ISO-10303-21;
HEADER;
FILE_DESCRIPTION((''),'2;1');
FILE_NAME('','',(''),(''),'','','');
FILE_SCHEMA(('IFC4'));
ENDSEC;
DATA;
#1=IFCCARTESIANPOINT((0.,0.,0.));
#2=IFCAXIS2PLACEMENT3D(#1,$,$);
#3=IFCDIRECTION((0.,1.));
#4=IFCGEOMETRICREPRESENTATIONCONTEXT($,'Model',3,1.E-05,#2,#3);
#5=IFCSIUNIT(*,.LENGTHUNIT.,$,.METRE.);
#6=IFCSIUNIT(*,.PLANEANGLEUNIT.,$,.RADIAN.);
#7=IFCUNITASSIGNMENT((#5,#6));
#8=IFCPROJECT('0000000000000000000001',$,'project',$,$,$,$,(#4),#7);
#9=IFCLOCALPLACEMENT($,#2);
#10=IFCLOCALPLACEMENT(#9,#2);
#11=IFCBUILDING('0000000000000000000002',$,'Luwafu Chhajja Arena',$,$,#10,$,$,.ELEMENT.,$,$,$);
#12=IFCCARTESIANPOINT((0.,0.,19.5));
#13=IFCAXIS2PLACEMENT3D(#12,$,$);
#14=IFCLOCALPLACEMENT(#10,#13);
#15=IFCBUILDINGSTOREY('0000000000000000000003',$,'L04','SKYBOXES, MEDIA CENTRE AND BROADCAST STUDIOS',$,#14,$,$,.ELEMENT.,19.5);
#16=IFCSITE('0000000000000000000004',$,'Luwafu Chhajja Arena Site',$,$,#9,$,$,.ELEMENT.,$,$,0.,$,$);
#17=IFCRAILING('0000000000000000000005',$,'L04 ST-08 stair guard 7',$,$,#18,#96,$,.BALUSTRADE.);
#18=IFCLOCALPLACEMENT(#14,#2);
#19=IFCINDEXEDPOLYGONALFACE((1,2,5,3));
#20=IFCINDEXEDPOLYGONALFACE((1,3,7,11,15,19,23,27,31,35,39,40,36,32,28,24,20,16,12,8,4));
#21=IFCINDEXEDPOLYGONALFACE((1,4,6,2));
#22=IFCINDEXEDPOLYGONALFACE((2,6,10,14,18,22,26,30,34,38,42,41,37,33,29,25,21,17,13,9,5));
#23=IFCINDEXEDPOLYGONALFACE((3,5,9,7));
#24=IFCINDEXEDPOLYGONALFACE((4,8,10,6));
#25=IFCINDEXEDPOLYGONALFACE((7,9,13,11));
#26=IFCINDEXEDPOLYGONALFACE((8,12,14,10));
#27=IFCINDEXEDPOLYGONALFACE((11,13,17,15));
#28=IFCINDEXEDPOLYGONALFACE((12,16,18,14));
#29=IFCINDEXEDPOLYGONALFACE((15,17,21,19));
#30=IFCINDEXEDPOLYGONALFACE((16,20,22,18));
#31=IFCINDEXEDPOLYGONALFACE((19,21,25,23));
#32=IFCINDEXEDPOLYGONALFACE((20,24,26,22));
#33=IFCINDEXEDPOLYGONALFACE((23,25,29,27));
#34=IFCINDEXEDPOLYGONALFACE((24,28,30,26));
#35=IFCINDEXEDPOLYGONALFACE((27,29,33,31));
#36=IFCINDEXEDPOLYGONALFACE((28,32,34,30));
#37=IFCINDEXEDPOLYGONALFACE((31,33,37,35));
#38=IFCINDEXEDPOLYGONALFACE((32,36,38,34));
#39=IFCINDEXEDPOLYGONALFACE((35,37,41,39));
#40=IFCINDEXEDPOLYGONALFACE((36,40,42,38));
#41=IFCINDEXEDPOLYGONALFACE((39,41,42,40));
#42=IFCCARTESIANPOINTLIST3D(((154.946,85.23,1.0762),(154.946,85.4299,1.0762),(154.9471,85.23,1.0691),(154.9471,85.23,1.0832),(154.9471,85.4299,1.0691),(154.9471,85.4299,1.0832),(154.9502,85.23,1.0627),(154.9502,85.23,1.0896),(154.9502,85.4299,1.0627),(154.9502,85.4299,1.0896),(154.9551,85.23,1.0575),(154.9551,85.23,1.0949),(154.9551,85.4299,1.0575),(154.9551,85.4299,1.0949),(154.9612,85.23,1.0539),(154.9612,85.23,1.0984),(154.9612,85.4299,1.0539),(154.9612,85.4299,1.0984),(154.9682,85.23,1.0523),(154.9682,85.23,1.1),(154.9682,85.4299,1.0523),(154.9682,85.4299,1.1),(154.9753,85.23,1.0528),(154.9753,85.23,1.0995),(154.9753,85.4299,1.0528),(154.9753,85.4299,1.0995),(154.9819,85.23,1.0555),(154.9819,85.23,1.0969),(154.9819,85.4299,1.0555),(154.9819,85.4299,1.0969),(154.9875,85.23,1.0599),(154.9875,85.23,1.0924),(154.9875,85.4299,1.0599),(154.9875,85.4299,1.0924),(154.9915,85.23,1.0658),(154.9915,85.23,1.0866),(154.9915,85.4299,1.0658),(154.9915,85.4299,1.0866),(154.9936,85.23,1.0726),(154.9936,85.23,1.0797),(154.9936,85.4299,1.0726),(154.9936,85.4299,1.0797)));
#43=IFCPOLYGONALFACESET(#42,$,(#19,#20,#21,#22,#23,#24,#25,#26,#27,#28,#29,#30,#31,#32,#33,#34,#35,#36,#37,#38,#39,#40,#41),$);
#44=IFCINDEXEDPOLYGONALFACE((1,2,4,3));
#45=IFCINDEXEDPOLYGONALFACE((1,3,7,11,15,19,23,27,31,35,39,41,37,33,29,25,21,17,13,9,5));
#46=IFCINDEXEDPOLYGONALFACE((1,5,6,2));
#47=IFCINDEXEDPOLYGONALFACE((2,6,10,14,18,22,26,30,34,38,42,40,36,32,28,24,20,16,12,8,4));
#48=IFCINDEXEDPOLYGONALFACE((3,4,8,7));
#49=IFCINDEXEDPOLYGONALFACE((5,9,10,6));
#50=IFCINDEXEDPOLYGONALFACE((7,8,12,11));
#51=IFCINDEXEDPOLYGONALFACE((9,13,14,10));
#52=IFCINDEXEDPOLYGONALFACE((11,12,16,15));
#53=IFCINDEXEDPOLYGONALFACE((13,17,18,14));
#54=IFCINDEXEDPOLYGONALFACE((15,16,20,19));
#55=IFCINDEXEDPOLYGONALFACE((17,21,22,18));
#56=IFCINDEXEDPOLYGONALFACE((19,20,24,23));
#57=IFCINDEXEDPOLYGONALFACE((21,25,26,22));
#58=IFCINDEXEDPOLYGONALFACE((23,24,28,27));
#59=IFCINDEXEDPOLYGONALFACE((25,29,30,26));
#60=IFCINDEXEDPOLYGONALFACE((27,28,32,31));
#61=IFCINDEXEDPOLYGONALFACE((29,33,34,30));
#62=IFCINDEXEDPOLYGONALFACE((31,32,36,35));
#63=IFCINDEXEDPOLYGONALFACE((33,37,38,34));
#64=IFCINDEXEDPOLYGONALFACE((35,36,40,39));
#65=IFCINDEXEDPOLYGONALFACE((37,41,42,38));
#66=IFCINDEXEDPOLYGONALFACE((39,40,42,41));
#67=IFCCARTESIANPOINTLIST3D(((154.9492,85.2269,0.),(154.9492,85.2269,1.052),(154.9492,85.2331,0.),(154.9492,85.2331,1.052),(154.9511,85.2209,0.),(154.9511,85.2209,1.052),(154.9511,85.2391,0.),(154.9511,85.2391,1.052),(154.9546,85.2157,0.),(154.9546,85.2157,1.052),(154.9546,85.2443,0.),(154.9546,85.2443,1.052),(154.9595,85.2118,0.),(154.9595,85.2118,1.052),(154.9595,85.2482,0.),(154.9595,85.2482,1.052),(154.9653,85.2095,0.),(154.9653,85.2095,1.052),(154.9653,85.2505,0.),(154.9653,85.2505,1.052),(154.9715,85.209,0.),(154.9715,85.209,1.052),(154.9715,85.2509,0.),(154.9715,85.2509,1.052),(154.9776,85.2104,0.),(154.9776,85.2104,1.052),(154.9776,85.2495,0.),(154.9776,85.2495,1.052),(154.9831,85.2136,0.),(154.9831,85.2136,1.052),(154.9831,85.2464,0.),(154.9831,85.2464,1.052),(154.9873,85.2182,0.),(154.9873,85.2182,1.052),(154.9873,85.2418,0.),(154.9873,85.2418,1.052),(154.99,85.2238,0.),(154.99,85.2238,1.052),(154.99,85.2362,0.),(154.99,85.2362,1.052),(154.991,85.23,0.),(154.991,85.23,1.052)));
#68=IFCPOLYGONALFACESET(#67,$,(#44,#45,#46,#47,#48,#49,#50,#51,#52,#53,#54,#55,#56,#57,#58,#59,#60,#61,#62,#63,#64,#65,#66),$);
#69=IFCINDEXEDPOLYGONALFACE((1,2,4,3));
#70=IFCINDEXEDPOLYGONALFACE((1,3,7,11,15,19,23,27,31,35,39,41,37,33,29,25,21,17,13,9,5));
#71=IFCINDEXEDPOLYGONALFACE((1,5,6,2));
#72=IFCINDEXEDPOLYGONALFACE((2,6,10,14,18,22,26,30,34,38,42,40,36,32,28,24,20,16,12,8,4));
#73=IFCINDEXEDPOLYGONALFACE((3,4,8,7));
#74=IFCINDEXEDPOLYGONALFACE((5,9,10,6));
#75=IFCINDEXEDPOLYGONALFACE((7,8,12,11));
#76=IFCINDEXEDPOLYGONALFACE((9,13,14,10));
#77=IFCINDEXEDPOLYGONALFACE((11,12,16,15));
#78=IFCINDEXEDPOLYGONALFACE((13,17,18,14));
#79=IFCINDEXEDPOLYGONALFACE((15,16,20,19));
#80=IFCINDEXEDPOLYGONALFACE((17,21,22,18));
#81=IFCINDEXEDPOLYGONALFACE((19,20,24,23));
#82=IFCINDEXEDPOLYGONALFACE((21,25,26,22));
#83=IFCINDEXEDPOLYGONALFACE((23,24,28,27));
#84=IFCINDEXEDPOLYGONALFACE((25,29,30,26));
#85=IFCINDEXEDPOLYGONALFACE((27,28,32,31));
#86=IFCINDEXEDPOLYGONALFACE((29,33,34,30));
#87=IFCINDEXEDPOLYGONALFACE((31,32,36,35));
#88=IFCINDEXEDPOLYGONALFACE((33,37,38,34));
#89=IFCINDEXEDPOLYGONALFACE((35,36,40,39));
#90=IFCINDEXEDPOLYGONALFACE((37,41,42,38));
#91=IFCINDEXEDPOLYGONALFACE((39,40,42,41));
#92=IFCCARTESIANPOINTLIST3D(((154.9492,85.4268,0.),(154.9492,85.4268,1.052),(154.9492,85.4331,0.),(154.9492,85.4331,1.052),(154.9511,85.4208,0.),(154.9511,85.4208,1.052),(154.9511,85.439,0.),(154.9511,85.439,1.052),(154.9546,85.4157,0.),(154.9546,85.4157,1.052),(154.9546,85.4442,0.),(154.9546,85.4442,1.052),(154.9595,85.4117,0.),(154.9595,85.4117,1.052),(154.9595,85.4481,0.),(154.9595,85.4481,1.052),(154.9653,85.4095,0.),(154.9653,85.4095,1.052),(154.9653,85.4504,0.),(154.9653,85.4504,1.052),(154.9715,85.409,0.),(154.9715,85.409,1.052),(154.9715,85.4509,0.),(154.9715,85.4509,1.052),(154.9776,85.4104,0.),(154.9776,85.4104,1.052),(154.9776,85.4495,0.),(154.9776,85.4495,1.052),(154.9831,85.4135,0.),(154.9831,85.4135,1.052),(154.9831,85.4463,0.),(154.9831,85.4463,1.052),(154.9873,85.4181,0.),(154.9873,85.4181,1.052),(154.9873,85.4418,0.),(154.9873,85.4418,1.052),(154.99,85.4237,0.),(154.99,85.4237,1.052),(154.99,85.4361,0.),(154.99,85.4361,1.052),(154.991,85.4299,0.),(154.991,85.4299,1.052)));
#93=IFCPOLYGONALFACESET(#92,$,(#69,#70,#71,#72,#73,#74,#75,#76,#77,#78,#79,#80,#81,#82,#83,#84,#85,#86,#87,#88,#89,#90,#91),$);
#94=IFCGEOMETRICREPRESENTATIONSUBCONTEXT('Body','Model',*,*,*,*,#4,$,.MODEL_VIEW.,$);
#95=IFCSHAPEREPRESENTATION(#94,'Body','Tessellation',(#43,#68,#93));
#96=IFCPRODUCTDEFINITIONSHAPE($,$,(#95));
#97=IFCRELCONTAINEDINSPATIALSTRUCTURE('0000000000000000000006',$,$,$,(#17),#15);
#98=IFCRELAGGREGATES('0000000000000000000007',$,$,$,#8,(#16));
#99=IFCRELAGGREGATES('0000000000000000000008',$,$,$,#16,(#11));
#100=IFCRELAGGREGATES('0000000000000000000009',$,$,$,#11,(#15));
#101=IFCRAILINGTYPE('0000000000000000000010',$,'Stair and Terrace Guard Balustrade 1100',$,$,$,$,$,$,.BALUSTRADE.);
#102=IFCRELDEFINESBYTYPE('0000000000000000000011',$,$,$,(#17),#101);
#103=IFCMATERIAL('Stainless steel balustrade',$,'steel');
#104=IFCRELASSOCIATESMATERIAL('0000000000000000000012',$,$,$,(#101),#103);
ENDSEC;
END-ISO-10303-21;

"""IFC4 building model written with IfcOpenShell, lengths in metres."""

from ifc_helpers import new_model, si_unit, direction, frame, origin, origin_2d, place, context, subcontext, project, spatial, circle, extrude, material, type_object, element, save


model = new_model("IFC4")

# Units and contexts
model_context = context("Model", 3, precision=1e-05, world=origin(), true_north=direction((0.0, 1.0)))
body_context = subcontext(model_context, "Body", "Model", "MODEL_VIEW")
ifc_project = project(units=[si_unit("LENGTHUNIT", "METRE"), si_unit("PLANEANGLEUNIT", "RADIAN")], contexts=[model_context])

# Site, building, storey
site_placement = place(None, origin())
site = spatial("IfcSite", under=ifc_project, at=site_placement, Name="Luwafu Chhajja Arena Site", CompositionType="ELEMENT", RefElevation=0.0)
building_placement = place(site_placement, origin())
building = spatial("IfcBuilding", under=site, at=building_placement, Name="Luwafu Chhajja Arena", CompositionType="ELEMENT")
storey_placement = place(building_placement, frame((0.0, 0.0, 19.5)))
storey = spatial("IfcBuildingStorey", under=building, at=storey_placement, Name="L04", Description="SKYBOXES, MEDIA CENTRE AND BROADCAST STUDIOS", CompositionType="ELEMENT", Elevation=19.5)

# Railing
ifc_material_1 = material(Name="Stainless steel balustrade", Category="steel")
railing_type_1 = type_object("IfcRailingType", Name="Stair and Terrace Guard Balustrade 1100", PredefinedType="BALUSTRADE", material=ifc_material_1)
railing_1_placement = place(storey_placement, frame((154.97, 85.23, 0.0)))
element("IfcRailing", 1, at=railing_1_placement, inside=storey, type_object=railing_type_1, Name="L04 ST-08 stair guard 7", PredefinedType="BALUSTRADE", context=body_context, shape_type="SweptSolid", body=[
    extrude(circle(Radius=0.0239, at=origin_2d()), frame((0.0, 0.0, 1.0762), z_axis=(0.0, 1.0, 0.0), x_axis=(-1.0, 0.0, 0.0)), (0.0, 0.0, 1.0), 0.2),
    extrude(circle(Radius=0.021, at=origin_2d()), origin(), (0.0, 0.0, 1.0), 1.052),
    extrude(circle(Radius=0.021, at=origin_2d()), frame((0.0, 0.2, 0.0)), (0.0, 0.0, 1.0), 1.052),
])

save(model, "model.ifc")
